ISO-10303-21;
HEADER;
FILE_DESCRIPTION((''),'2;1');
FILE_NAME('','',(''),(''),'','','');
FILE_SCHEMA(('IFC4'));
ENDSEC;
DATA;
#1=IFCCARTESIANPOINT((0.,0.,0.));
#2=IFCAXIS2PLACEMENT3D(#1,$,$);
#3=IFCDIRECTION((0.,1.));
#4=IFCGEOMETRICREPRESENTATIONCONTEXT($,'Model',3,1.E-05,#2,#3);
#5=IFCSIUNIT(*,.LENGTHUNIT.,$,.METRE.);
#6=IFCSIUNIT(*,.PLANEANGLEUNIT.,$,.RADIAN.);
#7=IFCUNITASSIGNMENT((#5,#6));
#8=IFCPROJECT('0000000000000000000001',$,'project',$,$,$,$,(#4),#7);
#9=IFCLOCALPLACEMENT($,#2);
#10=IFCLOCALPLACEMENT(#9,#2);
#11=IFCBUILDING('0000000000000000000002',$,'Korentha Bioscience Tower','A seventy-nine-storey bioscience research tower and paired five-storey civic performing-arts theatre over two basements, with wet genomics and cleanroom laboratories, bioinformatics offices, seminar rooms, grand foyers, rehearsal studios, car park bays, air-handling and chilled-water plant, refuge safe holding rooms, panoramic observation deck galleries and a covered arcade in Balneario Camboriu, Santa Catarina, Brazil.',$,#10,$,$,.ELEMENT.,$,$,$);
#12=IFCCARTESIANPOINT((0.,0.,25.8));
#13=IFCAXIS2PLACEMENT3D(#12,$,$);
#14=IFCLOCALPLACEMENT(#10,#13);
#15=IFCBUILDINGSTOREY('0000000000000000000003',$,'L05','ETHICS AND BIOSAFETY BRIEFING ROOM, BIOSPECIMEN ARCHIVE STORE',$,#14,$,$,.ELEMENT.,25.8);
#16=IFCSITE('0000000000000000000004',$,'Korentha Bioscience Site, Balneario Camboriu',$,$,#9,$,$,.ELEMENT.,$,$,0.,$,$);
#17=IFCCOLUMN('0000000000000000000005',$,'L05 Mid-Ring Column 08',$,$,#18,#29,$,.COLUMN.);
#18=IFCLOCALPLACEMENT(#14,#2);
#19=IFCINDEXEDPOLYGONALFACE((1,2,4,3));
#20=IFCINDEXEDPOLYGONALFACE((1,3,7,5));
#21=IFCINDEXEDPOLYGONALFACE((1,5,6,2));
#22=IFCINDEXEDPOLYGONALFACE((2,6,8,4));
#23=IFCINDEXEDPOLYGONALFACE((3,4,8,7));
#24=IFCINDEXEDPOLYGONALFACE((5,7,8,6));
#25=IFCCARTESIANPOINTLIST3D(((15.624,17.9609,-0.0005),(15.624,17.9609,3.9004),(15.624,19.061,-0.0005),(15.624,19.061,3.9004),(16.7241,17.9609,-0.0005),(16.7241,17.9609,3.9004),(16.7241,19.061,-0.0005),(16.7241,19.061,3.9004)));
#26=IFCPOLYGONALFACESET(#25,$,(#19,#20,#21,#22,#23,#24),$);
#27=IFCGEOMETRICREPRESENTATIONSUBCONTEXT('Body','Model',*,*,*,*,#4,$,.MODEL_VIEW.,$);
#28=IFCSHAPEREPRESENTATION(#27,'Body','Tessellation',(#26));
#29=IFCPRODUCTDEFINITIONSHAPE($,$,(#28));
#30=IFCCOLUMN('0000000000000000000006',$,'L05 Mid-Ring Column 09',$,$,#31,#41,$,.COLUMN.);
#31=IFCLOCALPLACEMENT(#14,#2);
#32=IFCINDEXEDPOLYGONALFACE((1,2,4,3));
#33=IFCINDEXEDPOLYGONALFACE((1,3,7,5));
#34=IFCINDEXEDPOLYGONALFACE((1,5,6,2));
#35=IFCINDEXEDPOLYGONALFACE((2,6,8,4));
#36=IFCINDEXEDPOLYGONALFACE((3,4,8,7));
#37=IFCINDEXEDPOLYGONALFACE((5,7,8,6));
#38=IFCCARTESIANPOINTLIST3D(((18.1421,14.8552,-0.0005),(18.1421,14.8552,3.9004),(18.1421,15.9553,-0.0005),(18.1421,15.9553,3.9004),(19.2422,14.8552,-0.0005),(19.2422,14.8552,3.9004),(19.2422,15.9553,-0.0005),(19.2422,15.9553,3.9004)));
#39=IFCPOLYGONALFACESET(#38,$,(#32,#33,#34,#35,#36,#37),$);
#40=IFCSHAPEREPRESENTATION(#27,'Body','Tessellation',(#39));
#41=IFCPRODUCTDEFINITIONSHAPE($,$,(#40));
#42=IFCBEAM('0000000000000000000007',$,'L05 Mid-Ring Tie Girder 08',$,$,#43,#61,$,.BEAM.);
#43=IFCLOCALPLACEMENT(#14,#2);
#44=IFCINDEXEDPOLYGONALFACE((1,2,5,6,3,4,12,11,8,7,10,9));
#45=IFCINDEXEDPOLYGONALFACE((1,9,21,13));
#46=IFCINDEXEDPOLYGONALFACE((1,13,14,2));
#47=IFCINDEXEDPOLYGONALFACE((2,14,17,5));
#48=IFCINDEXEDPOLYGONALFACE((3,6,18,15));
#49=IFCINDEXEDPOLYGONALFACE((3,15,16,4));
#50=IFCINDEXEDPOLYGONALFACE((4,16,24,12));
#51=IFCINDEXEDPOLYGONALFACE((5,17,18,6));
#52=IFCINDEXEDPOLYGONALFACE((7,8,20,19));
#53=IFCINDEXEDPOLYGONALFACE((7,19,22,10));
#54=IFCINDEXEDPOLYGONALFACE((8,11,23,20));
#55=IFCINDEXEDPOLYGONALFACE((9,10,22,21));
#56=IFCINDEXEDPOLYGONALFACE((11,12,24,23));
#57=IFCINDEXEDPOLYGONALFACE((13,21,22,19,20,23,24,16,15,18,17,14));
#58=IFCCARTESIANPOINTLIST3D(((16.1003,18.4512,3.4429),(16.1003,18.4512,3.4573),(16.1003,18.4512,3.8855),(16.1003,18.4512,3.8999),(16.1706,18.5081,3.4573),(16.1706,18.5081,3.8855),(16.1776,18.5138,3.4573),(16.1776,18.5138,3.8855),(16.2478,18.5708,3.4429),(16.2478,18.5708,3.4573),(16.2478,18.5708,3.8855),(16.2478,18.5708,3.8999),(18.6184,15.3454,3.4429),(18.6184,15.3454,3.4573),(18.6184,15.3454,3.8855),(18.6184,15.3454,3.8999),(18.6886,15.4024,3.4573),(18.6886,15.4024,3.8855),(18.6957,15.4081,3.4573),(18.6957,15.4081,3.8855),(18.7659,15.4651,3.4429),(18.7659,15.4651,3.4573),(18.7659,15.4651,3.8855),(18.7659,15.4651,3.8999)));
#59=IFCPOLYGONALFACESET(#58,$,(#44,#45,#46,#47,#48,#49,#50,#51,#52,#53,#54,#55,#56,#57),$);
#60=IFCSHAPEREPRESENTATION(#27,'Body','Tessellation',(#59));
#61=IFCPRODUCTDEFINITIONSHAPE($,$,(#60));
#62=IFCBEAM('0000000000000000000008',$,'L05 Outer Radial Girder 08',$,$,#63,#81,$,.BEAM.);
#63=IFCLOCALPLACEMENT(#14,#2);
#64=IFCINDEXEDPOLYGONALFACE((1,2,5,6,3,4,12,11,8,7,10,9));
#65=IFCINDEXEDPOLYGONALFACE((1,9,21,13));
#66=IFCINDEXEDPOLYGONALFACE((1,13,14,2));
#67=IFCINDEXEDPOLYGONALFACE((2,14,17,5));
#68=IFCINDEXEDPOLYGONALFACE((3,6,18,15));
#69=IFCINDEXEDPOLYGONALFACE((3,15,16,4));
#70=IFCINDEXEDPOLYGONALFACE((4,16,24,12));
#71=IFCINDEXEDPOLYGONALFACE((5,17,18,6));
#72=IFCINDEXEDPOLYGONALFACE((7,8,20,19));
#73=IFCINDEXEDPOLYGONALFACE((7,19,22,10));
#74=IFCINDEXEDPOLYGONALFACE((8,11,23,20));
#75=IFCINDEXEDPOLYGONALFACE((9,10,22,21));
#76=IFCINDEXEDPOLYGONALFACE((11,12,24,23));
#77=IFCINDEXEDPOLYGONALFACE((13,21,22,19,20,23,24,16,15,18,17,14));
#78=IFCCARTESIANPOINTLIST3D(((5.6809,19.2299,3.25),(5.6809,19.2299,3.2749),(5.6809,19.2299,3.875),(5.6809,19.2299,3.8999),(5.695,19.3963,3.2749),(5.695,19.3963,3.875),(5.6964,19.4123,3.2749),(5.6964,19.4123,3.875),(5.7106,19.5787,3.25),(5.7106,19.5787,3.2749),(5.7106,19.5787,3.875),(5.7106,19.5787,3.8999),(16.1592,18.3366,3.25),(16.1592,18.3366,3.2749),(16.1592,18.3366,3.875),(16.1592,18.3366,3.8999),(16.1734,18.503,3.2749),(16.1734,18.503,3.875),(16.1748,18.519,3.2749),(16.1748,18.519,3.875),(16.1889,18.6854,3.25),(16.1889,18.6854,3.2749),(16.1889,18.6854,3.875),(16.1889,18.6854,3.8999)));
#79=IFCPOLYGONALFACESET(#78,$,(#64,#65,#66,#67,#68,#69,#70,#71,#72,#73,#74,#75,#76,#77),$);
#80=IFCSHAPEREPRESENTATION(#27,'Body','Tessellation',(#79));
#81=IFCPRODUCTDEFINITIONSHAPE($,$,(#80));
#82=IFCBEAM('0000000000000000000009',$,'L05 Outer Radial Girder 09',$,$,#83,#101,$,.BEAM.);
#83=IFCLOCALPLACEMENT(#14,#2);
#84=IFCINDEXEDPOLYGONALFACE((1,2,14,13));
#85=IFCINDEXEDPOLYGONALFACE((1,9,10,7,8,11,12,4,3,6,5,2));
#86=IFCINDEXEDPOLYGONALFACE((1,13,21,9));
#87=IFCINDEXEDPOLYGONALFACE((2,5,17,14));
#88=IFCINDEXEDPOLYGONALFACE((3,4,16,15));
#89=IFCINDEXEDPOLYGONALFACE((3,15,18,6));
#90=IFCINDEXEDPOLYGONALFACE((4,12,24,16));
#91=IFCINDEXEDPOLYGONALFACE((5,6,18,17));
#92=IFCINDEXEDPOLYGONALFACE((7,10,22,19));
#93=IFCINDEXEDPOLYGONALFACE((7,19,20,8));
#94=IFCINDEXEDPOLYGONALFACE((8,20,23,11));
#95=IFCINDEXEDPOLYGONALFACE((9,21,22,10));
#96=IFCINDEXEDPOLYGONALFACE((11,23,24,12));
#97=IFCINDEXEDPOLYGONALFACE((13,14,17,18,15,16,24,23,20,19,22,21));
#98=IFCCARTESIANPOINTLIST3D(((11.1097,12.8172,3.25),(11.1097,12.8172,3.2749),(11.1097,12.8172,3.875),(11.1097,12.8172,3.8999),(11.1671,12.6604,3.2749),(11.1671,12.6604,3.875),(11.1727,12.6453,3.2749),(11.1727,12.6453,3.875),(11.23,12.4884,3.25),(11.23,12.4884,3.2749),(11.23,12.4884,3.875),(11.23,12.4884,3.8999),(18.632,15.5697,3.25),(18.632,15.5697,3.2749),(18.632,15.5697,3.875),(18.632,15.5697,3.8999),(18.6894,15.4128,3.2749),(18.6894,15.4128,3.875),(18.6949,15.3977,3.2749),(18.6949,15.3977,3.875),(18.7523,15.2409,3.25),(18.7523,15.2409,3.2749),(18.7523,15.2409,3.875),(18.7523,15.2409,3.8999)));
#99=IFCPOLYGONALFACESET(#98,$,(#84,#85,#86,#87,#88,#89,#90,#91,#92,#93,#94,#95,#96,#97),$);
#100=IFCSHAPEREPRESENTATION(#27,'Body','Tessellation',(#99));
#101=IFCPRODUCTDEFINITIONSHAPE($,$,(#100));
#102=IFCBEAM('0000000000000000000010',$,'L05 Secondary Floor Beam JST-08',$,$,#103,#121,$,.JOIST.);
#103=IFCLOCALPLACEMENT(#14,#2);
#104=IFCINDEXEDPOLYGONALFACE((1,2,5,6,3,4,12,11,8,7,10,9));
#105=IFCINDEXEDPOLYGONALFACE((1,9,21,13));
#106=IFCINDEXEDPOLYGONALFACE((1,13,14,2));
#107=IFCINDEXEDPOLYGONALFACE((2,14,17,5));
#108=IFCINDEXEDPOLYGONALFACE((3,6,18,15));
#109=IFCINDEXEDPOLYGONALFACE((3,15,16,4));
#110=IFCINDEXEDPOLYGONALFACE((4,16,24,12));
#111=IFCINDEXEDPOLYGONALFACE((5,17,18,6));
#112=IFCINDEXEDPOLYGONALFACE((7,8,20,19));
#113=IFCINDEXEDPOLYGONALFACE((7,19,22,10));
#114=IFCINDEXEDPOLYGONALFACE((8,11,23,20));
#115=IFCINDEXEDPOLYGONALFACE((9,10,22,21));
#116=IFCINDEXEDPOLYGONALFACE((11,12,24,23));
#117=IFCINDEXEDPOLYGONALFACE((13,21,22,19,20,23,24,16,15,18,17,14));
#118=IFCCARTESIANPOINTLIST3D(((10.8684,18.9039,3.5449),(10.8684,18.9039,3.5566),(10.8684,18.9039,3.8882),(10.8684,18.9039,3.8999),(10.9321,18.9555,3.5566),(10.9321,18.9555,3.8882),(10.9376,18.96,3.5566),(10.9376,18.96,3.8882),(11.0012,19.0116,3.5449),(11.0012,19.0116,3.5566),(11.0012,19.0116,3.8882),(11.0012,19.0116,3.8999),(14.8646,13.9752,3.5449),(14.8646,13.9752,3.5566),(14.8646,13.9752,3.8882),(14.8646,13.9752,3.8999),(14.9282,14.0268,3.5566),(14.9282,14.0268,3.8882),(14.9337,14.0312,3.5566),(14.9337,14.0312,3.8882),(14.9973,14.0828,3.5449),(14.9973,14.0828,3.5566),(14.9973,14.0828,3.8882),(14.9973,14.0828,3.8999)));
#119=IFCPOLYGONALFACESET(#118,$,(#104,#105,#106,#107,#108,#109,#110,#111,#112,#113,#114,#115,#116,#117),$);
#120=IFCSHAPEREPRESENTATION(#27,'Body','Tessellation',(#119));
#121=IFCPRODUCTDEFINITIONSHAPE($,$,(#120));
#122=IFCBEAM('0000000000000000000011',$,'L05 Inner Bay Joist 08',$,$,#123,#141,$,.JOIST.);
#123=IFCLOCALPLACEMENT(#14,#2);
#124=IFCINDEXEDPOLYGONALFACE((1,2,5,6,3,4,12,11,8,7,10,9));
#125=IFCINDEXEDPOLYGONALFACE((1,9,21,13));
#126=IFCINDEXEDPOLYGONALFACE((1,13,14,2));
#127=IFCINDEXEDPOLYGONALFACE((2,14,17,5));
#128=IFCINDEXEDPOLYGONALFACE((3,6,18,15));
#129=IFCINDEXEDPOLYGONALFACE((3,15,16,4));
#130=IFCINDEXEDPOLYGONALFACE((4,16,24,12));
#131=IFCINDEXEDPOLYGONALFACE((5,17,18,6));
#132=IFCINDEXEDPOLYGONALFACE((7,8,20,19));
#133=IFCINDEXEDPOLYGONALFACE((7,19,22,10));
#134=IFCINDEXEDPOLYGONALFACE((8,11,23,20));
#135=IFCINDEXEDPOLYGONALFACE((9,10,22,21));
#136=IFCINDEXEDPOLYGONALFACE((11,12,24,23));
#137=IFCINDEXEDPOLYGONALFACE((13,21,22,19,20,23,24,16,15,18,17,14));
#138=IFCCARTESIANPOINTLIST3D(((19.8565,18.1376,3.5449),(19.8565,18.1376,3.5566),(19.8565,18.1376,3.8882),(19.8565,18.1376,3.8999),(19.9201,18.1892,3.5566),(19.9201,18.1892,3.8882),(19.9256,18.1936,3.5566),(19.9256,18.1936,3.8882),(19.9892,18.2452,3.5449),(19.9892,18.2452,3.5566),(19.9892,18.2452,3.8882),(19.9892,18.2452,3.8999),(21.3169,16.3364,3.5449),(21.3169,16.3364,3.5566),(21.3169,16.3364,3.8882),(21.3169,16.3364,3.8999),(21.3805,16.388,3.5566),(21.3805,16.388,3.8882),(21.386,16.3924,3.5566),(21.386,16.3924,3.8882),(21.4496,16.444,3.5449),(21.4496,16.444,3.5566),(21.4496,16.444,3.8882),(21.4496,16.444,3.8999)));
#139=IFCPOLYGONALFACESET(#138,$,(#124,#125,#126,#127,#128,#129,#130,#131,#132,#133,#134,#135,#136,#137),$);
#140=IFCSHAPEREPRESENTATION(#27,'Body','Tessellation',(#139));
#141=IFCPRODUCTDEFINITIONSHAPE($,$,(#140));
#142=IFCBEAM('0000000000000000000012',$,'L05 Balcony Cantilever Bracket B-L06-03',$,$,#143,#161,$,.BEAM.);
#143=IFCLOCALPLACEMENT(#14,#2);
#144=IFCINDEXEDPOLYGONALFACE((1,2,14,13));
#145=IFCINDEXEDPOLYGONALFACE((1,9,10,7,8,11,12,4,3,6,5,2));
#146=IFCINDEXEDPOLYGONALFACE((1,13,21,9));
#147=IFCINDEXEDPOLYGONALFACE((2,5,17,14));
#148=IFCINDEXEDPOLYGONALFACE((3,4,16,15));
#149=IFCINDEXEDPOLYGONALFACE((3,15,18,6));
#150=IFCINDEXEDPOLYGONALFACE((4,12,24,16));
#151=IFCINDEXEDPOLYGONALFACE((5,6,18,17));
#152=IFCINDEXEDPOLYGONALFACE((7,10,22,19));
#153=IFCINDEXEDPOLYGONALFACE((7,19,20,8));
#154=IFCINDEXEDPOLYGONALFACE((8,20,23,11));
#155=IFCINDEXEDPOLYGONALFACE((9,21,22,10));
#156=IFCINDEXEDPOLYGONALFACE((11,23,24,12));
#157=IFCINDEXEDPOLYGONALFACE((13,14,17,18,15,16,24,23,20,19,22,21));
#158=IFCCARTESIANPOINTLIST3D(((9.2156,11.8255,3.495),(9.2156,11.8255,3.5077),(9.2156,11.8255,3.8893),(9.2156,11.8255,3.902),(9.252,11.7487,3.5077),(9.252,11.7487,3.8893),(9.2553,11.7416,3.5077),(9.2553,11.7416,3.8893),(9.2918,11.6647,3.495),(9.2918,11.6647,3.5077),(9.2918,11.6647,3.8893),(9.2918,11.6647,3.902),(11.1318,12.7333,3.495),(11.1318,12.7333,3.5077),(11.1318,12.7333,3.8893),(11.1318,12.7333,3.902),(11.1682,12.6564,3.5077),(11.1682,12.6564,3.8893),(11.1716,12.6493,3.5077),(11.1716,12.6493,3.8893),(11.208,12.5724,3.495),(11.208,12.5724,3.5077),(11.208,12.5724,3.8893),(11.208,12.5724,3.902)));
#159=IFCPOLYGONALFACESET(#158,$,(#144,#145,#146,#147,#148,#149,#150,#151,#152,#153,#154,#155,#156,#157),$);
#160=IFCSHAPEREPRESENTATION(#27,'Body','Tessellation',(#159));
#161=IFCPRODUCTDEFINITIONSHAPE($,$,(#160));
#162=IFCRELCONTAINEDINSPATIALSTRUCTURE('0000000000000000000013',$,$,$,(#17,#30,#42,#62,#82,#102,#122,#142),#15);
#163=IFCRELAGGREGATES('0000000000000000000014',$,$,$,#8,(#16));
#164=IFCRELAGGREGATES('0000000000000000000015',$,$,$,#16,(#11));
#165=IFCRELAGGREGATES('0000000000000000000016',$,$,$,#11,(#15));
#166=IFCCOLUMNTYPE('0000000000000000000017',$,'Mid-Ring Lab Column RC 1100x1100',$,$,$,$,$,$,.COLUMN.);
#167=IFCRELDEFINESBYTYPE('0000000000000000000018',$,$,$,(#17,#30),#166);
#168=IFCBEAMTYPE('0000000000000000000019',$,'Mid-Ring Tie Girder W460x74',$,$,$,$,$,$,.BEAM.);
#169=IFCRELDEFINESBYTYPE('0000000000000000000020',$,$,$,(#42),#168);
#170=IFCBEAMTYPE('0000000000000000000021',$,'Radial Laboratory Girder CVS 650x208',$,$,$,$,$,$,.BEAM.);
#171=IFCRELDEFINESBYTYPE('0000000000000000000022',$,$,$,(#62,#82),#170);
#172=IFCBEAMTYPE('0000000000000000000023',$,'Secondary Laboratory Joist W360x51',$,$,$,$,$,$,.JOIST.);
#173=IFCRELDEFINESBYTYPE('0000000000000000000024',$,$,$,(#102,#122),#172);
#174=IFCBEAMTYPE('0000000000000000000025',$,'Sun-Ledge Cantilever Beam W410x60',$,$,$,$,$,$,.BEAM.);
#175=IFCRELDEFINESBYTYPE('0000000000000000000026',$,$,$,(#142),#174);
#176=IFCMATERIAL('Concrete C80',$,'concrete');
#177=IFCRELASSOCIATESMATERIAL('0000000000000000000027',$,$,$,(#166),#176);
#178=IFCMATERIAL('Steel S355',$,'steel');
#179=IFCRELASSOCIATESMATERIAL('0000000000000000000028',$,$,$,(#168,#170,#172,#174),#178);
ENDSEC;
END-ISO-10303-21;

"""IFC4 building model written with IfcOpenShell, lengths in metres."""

from ifc_helpers import new_model, si_unit, direction, frame, origin, origin_2d, place, context, subcontext, project, spatial, rectangle, i_section, extrude, material, material_profile, profile_set, type_object, element, save


model = new_model("IFC4")

# Units and contexts
model_context = context("Model", 3, precision=1e-05, world=origin(), true_north=direction((0.0, 1.0)))
body_context = subcontext(model_context, "Body", "Model", "MODEL_VIEW")
ifc_project = project(units=[si_unit("LENGTHUNIT", "METRE"), si_unit("PLANEANGLEUNIT", "RADIAN")], contexts=[model_context])

# Site, building, storey
site_placement = place(None, origin())
site = spatial("IfcSite", under=ifc_project, at=site_placement, Name="Korentha Bioscience Site, Balneario Camboriu", CompositionType="ELEMENT", RefElevation=0.0)
building_placement = place(site_placement, origin())
building = spatial("IfcBuilding", under=site, at=building_placement, Name="Korentha Bioscience Tower", Description="A seventy-nine-storey bioscience research tower and paired five-storey civic performing-arts theatre over two basements, with wet genomics and cleanroom laboratories, bioinformatics offices, seminar rooms, grand foyers, rehearsal studios, car park bays, air-handling and chilled-water plant, refuge safe holding rooms, panoramic observation deck galleries and a covered arcade in Balneario Camboriu, Santa Catarina, Brazil.", CompositionType="ELEMENT")
storey_placement = place(building_placement, frame((0.0, 0.0, 25.8)))
storey = spatial("IfcBuildingStorey", under=building, at=storey_placement, Name="L05", Description="ETHICS AND BIOSAFETY BRIEFING ROOM, BIOSPECIMEN ARCHIVE STORE", CompositionType="ELEMENT", Elevation=25.8)

# Columns
ifc_material_1 = material(Name="Concrete C80", Category="concrete")
ifc_material_profile_1 = material_profile(ifc_material_1, rectangle(XDim=1.1001, YDim=1.1001, at=origin_2d()), Name="Concrete C80")
ifc_profile_set_1 = profile_set([ifc_material_profile_1], Name="Concrete C80 (COL-MR11)")
column_type = type_object("IfcColumnType", Name="Mid-Ring Lab Column RC 1100x1100", PredefinedType="COLUMN", material=ifc_profile_set_1)
for number, where, z_axis, x_axis, name in (
    (1, (16.1741, 18.511, -0.0005), (0.0, 0.0, 1.0), (1.0, 0.0, 0.0), "L05 Mid-Ring Column 08"),
    (2, (18.6921, 15.4053, -0.0005), (0.0, 0.0, 1.0), (1.0, 0.0, 0.0), "L05 Mid-Ring Column 09"),
):
    element("IfcColumn", number, at=place(storey_placement, frame(where, z_axis=z_axis, x_axis=x_axis)), inside=storey, type_object=column_type, Name=name, PredefinedType="COLUMN", context=body_context, shape_type="SweptSolid", body=[
        extrude(rectangle(XDim=1.1001, YDim=1.1001, at=origin_2d()), origin(), (0.0, 0.0, 1.0), 3.9009),
    ])

# Beams
ifc_material_2 = material(Name="Steel S355", Category="steel")
ifc_material_profile_2 = material_profile(ifc_material_2, i_section(OverallWidth=0.1899, OverallDepth=0.457, WebThickness=0.009, FlangeThickness=0.0144, at=origin_2d()), Name="Steel S355")
ifc_profile_set_2 = profile_set([ifc_material_profile_2], Name="Steel S355 (MB-460)")
beam_type_1 = type_object("IfcBeamType", Name="Mid-Ring Tie Girder W460x74", PredefinedType="BEAM", material=ifc_profile_set_2)
beam_1_placement = place(storey_placement, frame((16.1741, 18.511, 3.6714), z_axis=(0.62979, -0.776765, 0.0), x_axis=(0.776765, 0.62979, 0.0)))
element("IfcBeam", 3, at=beam_1_placement, inside=storey, type_object=beam_type_1, Name="L05 Mid-Ring Tie Girder 08", PredefinedType="BEAM", context=body_context, shape_type="SweptSolid", body=[
    extrude(i_section(OverallWidth=0.1899, OverallDepth=0.457, WebThickness=0.009, FlangeThickness=0.0144, at=origin_2d()), origin(), (0.0, 0.0, 1.0), 3.9983),
])
ifc_material_profile_3 = material_profile(ifc_material_2, i_section(OverallWidth=0.3501, OverallDepth=0.6499, WebThickness=0.0161, FlangeThickness=0.0249, at=origin_2d()), Name="Steel S355")
ifc_profile_set_3 = profile_set([ifc_material_profile_3], Name="Steel S355 (RB-650)")
beam_type_2 = type_object("IfcBeamType", Name="Radial Laboratory Girder CVS 650x208", PredefinedType="BEAM", material=ifc_profile_set_3)
beam_2_placement = place(storey_placement, frame((16.1741, 18.511, 3.575), z_axis=(-0.996386, 0.084945, 0.0), x_axis=(-0.084945, -0.996386, 0.0)))
element("IfcBeam", 4, at=beam_2_placement, inside=storey, type_object=beam_type_2, Name="L05 Outer Radial Girder 08", PredefinedType="BEAM", context=body_context, shape_type="SweptSolid", body=[
    extrude(i_section(OverallWidth=0.3501, OverallDepth=0.6499, WebThickness=0.0161, FlangeThickness=0.0249, at=origin_2d()), origin(), (0.0, 0.0, 1.0), 10.5164),
])
beam_3_placement = place(storey_placement, frame((18.6921, 15.4053, 3.575), z_axis=(-0.939106, -0.343627, 0.0), x_axis=(0.343627, -0.939106, 0.0)))
element("IfcBeam", 5, at=beam_3_placement, inside=storey, type_object=beam_type_2, Name="L05 Outer Radial Girder 09", PredefinedType="BEAM", context=body_context, shape_type="SweptSolid", body=[
    extrude(i_section(OverallWidth=0.3501, OverallDepth=0.6499, WebThickness=0.0161, FlangeThickness=0.0249, at=origin_2d()), origin(), (0.0, 0.0, 1.0), 8.01),
])
ifc_material_profile_4 = material_profile(ifc_material_2, i_section(OverallWidth=0.1709, OverallDepth=0.355, WebThickness=0.0071, FlangeThickness=0.0117, at=origin_2d()), Name="Steel S355")
ifc_profile_set_4 = profile_set([ifc_material_profile_4], Name="Steel S355 (JB-360)")
beam_type_3 = type_object("IfcBeamType", Name="Secondary Laboratory Joist W360x51", PredefinedType="JOIST", material=ifc_profile_set_4)
beam_4_placement = place(storey_placement, frame((10.9348, 18.9578, 3.7224), z_axis=(0.629787, -0.776768, 0.0), x_axis=(0.776768, 0.629787, 0.0)))
element("IfcBeam", 6, at=beam_4_placement, inside=storey, type_object=beam_type_3, Name="L05 Secondary Floor Beam JST-08", PredefinedType="JOIST", context=body_context, shape_type="SweptSolid", body=[
    extrude(i_section(OverallWidth=0.1709, OverallDepth=0.355, WebThickness=0.0071, FlangeThickness=0.0117, at=origin_2d()), origin(), (0.0, 0.0, 1.0), 6.3452),
])
beam_5_placement = place(storey_placement, frame((19.9229, 18.1914, 3.7224), z_axis=(0.629792, -0.776764, 0.0), x_axis=(0.776764, 0.629792, 0.0)))
element("IfcBeam", 7, at=beam_5_placement, inside=storey, type_object=beam_type_3, Name="L05 Inner Bay Joist 08", PredefinedType="JOIST", context=body_context, shape_type="SweptSolid", body=[
    extrude(i_section(OverallWidth=0.1709, OverallDepth=0.355, WebThickness=0.0071, FlangeThickness=0.0117, at=origin_2d()), origin(), (0.0, 0.0, 1.0), 2.3188),
])
ifc_material_profile_5 = material_profile(ifc_material_2, i_section(OverallWidth=0.178, OverallDepth=0.407, WebThickness=0.0078, FlangeThickness=0.0127, at=origin_2d()), Name="Steel S355")
ifc_profile_set_5 = profile_set([ifc_material_profile_5], Name="Steel S355 (CB-410)")
beam_type_4 = type_object("IfcBeamType", Name="Sun-Ledge Cantilever Beam W410x60", PredefinedType="BEAM", material=ifc_profile_set_5)
beam_6_placement = place(storey_placement, frame((11.1699, 12.6528, 3.6985), z_axis=(-0.903735, -0.428091, 0.0), x_axis=(0.428091, -0.903735, 0.0)))
element("IfcBeam", 8, at=beam_6_placement, inside=storey, type_object=beam_type_4, Name="L05 Balcony Cantilever Bracket B-L06-03", PredefinedType="BEAM", context=body_context, shape_type="SweptSolid", body=[
    extrude(i_section(OverallWidth=0.178, OverallDepth=0.407, WebThickness=0.0078, FlangeThickness=0.0127, at=origin_2d()), origin(), (0.0, 0.0, 1.0), 2.1204),
])

save(model, "model.ifc")
